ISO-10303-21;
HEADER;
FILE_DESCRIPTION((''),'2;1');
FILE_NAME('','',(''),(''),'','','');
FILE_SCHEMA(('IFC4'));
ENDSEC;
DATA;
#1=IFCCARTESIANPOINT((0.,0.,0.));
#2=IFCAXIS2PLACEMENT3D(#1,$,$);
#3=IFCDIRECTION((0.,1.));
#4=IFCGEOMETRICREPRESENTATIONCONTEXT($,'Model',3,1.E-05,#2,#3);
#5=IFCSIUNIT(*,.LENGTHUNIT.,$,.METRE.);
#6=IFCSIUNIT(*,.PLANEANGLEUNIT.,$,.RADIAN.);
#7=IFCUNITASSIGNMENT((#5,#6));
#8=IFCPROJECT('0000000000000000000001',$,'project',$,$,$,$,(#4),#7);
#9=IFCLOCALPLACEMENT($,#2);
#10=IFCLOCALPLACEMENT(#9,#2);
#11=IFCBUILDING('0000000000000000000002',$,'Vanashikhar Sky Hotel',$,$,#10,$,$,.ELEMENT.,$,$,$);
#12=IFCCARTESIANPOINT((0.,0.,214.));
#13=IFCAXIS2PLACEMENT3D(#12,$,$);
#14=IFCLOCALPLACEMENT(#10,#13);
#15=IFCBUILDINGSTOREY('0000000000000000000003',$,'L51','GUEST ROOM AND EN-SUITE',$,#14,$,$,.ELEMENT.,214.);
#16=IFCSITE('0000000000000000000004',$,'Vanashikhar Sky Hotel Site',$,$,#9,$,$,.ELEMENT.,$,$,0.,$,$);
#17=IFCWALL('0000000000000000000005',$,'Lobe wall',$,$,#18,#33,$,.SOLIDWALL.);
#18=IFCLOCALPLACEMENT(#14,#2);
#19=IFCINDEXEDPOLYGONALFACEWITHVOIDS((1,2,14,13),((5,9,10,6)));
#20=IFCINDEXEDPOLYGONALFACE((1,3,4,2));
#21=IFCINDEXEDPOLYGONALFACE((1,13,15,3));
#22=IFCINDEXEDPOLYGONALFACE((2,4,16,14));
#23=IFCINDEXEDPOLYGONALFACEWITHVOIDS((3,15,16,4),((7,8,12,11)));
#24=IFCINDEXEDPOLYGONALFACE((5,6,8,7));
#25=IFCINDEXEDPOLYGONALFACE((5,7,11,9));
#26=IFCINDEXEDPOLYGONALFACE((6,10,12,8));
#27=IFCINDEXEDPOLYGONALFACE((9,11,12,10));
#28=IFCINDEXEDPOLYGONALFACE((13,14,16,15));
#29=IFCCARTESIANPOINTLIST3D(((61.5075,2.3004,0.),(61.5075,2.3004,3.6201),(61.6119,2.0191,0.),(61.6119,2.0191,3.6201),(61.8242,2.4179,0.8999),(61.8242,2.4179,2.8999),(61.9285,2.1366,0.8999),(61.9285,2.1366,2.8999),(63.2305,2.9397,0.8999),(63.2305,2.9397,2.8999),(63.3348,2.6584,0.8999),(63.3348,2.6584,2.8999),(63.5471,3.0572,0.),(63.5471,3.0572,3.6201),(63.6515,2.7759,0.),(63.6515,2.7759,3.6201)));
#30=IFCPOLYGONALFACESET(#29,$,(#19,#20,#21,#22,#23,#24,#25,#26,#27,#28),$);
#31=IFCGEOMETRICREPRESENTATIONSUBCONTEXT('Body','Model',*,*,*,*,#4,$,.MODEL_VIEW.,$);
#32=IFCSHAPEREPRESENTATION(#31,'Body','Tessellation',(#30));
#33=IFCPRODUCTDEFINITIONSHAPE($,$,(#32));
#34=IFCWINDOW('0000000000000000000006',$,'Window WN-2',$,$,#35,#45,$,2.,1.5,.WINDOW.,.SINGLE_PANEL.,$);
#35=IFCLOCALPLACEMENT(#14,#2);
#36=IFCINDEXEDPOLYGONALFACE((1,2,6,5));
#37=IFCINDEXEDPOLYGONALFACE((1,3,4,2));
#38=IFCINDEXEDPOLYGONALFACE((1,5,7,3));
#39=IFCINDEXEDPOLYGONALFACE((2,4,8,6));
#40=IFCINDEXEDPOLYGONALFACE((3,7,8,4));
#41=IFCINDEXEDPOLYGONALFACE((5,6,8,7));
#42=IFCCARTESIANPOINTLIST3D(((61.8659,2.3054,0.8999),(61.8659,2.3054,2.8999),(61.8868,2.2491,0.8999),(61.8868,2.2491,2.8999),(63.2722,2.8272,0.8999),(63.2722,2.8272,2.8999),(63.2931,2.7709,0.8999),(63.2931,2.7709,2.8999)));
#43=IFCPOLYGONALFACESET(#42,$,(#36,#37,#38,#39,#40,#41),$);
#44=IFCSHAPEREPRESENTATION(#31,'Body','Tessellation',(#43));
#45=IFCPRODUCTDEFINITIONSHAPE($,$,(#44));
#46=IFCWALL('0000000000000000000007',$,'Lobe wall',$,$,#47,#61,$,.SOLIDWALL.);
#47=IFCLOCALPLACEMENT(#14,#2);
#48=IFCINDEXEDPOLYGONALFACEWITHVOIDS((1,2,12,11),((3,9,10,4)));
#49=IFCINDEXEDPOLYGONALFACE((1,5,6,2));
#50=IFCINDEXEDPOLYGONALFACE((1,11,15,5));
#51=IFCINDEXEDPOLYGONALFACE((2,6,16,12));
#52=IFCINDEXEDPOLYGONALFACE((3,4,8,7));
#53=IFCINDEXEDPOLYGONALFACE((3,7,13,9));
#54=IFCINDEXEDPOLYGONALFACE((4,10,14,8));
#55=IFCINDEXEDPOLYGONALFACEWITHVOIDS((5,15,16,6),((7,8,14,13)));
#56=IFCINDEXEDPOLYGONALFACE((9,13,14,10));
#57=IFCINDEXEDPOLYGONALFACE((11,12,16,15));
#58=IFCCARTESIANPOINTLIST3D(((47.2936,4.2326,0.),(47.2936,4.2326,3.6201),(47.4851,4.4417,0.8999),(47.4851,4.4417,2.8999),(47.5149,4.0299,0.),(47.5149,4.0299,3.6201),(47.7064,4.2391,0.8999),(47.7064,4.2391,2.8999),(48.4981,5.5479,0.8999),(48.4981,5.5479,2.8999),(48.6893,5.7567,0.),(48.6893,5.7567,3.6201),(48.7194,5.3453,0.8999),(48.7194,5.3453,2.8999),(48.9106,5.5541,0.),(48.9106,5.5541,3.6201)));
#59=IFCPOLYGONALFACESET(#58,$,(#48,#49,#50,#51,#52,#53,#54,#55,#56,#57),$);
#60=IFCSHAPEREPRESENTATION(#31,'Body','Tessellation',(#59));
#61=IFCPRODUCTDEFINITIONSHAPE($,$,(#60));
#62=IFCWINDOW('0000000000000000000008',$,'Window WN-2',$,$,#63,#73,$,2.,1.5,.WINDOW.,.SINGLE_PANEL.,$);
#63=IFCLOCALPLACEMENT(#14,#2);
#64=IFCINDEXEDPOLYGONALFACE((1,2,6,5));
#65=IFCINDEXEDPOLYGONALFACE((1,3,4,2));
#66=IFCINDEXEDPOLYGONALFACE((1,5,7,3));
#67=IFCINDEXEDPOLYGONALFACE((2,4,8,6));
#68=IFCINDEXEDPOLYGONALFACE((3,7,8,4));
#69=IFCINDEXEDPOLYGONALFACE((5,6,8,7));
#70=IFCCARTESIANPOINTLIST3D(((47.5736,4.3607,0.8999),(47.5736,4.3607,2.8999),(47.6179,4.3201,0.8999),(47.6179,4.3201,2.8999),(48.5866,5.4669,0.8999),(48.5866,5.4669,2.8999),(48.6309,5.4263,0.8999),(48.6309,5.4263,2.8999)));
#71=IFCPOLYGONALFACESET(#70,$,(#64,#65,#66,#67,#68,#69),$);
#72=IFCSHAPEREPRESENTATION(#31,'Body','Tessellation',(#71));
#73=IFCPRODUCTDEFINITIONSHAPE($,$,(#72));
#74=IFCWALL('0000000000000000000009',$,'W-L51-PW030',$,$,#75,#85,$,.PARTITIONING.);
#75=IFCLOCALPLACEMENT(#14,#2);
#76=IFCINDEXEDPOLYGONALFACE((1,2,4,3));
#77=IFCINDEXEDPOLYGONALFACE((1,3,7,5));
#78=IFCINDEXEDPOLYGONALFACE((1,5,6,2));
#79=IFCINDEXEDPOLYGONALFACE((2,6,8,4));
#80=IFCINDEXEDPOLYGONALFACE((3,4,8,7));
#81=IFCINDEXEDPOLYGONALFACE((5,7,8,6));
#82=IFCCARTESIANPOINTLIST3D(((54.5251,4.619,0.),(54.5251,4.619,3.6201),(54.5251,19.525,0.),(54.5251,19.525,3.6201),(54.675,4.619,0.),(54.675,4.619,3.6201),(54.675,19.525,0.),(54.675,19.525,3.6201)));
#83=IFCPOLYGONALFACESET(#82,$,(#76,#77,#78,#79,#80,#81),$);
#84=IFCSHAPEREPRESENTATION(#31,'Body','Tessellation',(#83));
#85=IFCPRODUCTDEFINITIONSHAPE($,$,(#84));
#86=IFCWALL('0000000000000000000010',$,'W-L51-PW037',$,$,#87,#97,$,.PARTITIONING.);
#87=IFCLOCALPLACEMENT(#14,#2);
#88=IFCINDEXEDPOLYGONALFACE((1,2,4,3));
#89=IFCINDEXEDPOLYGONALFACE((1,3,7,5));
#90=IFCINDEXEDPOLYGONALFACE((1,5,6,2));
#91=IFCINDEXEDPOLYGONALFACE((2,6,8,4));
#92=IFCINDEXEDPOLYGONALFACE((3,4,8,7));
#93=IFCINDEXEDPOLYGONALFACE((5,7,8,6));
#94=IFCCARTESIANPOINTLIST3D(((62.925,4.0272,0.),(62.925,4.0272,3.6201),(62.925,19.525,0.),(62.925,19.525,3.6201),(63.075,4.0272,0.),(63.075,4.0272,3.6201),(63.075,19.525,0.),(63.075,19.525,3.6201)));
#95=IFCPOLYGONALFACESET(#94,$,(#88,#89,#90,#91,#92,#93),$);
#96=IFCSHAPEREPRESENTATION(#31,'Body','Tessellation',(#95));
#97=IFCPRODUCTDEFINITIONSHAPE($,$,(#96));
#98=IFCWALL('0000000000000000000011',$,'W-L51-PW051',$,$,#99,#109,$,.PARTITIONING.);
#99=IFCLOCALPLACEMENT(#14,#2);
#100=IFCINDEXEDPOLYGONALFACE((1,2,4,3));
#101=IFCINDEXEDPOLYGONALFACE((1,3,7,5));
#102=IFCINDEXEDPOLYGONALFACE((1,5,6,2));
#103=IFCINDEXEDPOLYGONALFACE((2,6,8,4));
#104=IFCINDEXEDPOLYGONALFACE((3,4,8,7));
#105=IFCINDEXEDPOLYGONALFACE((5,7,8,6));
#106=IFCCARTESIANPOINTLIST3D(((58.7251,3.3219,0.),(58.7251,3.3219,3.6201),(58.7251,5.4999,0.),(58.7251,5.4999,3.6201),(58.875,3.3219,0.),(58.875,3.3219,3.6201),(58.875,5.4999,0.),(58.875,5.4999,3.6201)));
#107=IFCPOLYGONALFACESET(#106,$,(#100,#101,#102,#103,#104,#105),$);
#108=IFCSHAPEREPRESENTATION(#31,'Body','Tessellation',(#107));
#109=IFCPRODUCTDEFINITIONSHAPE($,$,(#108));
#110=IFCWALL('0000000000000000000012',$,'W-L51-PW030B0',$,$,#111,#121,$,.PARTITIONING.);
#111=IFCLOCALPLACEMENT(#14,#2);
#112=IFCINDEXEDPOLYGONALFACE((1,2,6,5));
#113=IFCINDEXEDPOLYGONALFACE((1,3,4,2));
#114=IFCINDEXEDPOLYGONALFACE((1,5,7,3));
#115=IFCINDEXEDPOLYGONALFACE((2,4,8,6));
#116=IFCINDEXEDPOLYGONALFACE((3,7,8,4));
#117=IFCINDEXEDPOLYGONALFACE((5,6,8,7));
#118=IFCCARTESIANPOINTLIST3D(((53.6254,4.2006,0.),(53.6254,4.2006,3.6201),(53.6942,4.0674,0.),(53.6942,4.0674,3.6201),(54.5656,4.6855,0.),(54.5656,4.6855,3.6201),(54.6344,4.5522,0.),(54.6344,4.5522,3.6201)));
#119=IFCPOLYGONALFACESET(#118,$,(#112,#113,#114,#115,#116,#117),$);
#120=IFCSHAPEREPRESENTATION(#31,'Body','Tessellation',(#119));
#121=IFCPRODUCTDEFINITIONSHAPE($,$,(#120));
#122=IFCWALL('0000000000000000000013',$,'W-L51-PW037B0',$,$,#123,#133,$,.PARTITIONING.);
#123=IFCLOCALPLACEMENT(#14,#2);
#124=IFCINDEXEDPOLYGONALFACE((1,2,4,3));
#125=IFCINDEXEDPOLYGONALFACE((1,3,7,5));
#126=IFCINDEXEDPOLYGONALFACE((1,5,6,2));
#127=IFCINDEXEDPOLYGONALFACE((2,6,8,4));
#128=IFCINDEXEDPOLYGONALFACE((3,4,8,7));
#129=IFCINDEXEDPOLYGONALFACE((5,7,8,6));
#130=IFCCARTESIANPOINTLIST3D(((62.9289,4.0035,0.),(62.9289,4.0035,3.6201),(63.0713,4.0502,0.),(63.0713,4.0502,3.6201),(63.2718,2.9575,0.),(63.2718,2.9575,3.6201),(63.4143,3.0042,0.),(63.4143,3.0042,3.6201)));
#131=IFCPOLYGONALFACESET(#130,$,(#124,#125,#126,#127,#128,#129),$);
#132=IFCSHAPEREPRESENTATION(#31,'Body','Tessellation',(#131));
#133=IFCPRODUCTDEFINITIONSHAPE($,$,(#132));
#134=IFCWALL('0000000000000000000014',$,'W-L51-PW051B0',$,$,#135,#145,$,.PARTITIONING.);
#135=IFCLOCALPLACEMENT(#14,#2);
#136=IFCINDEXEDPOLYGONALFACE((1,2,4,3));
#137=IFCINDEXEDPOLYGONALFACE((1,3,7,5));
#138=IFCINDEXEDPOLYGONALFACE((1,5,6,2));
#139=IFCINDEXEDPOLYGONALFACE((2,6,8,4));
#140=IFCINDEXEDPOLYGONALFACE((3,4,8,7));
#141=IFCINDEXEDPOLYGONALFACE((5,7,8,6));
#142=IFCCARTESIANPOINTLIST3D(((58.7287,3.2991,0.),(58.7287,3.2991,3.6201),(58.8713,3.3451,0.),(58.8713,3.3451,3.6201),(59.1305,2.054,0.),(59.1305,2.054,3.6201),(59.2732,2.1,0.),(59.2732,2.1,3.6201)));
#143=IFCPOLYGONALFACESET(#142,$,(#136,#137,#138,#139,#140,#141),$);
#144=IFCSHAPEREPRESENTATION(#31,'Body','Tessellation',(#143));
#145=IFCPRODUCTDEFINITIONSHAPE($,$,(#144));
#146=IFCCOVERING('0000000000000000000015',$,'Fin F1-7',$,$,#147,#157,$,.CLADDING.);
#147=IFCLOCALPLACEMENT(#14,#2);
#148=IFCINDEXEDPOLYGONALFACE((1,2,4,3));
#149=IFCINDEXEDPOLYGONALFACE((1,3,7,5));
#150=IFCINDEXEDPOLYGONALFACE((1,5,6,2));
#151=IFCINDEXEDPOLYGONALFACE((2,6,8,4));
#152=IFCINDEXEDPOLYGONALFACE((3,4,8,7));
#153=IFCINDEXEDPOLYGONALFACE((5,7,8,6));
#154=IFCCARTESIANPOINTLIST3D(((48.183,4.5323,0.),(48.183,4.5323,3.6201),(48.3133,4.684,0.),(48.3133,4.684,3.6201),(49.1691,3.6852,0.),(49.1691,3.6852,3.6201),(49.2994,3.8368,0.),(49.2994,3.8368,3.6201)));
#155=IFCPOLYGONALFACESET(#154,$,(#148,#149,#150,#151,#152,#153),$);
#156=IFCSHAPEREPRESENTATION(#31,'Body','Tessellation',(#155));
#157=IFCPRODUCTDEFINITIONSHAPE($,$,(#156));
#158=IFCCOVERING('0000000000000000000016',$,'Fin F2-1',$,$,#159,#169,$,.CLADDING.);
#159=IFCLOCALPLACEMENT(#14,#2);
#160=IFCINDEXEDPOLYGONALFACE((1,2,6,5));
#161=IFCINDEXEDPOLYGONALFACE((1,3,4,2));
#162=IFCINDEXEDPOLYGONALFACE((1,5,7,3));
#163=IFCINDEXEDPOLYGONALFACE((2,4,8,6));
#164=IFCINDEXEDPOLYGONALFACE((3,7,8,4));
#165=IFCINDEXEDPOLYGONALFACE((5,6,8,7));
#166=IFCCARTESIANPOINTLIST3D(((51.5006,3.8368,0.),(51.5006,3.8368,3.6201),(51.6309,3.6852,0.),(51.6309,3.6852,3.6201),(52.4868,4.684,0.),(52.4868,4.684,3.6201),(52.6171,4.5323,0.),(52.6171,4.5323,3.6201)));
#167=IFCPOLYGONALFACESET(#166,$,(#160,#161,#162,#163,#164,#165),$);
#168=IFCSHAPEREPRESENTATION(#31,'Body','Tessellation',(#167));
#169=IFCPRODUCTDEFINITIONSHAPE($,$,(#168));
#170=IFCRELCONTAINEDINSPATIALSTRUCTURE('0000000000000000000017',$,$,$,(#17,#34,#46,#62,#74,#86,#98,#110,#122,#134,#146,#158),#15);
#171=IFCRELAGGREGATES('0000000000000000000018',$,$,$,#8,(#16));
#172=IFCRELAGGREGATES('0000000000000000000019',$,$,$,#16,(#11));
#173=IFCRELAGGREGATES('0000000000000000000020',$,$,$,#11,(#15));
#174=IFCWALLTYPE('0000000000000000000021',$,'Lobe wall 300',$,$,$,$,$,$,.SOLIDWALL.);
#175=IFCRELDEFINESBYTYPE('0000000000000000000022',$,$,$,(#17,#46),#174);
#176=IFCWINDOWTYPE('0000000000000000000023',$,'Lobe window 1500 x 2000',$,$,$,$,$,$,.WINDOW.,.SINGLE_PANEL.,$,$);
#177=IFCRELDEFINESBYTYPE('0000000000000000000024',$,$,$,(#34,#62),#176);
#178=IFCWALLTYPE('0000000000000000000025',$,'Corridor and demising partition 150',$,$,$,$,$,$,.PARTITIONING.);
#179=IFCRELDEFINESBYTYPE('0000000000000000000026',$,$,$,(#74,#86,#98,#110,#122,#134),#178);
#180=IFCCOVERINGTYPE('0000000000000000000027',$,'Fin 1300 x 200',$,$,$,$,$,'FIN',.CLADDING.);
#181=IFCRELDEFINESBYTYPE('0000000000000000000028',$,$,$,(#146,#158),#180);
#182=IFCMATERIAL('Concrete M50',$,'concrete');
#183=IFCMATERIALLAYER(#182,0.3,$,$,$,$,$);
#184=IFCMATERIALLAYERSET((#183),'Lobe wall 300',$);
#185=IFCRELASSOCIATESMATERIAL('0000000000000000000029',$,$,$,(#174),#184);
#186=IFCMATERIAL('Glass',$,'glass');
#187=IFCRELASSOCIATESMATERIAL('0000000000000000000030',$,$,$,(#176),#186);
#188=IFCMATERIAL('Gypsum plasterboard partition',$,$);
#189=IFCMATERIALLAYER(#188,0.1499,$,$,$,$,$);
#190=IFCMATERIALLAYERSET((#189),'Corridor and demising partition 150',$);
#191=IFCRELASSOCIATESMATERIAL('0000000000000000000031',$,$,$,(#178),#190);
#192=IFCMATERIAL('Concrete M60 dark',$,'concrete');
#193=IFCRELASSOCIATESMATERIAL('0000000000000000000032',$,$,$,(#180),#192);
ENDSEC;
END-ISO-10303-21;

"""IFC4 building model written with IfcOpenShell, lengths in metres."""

from ifc_helpers import new_model, si_unit, direction, frame, frame_2d, origin, origin_2d, place, context, subcontext, project, spatial, rectangle, extrude, source, transform, mapped, material, layer, layer_set, material_profile, profile_set, type_object, element, fill, save


model = new_model("IFC4")

# Units and contexts
model_context = context("Model", 3, precision=1e-05, world=origin(), true_north=direction((0.0, 1.0)))
body_context = subcontext(model_context, "Body", "Model", "MODEL_VIEW")
ifc_project = project(units=[si_unit("LENGTHUNIT", "METRE"), si_unit("PLANEANGLEUNIT", "RADIAN")], contexts=[model_context])

# Site, building, storey
site_placement = place(None, origin())
site = spatial("IfcSite", under=ifc_project, at=site_placement, Name="Vanashikhar Sky Hotel Site", CompositionType="ELEMENT", RefElevation=0.0)
building_placement = place(site_placement, origin())
building = spatial("IfcBuilding", under=site, at=building_placement, Name="Vanashikhar Sky Hotel", CompositionType="ELEMENT")
storey_placement = place(building_placement, frame((0.0, 0.0, 214.0)))
storey = spatial("IfcBuildingStorey", under=building, at=storey_placement, Name="L51", Description="GUEST ROOM AND EN-SUITE", CompositionType="ELEMENT", Elevation=214.0)

# Walls, openings, windows
ifc_material_1 = material(Name="Concrete M50", Category="concrete")
ifc_layer_1 = layer(ifc_material_1, 0.3)
ifc_layer_set_1 = layer_set([ifc_layer_1], Name="Lobe wall 300")
wall_type_1 = type_object("IfcWallType", Name="Lobe wall 300", PredefinedType="SOLIDWALL", material=ifc_layer_set_1)
shared_shape_1 = source(origin(), body_context, "Body", "SweptSolid", [
    extrude(rectangle(XDim=1.5, YDim=2.0, at=frame_2d((0.75, 1.0))), frame((0.0, 0.1602, 0.0), z_axis=(0.0, -1.0, 0.0), x_axis=(1.0, 0.0, 0.0)), (0.0, 0.0, 1.0), 0.3201),
])
ifc_material_2 = material(Name="Glass", Category="glass")
window_type = type_object("IfcWindowType", Name="Lobe window 1500 x 2000", PartitioningType="SINGLE_PANEL", PredefinedType="WINDOW", material=ifc_material_2)
shared_shape_2 = source(origin(), body_context, "Body", "SweptSolid", [
    extrude(rectangle(XDim=1.5, YDim=2.0, at=frame_2d((0.75, 1.0))), frame((0.0, 0.03, 0.0), z_axis=(0.0, -1.0, 0.0), x_axis=(1.0, 0.0, 0.0)), (0.0, 0.0, 1.0), 0.0601),
])
shared_shape_3 = source(origin(), body_context, "Body", "SweptSolid", [
    extrude(rectangle(XDim=2.1755, YDim=0.3, at=frame_2d((1.0879, 0.0))), origin(), (0.0, 0.0, 1.0), 3.6201),
])
wall_1_placement = place(storey_placement, frame((61.5596, 2.1597, 0.0), z_axis=(0.0, 0.0, 1.0), x_axis=(0.937532, 0.347899, 0.0)))
wall_1 = element("IfcWall", 1, at=wall_1_placement, inside=storey, type_object=wall_type_1, Name="Lobe wall", PredefinedType="SOLIDWALL", context=body_context, shape_type="MappedRepresentation", body=[
    mapped(shared_shape_3, transform((0.0, 0.0, 0.0), scale=1.0)),
])
opening_1_placement = place(wall_1_placement, frame((0.3379, 0.0, 0.8999)))
opening_1 = element("IfcOpeningElement", 2, at=opening_1_placement, cuts=wall_1, PredefinedType="OPENING", context=body_context, shape_type="MappedRepresentation", body=[
    mapped(shared_shape_1, transform((0.0, 0.0, 0.0), scale=1.0)),
])
window_1_placement = place(opening_1_placement, origin())
window_1 = element("IfcWindow", 3, at=window_1_placement, inside=storey, type_object=window_type, Name="Window WN-2", OverallHeight=2.0, OverallWidth=1.5, PartitioningType="SINGLE_PANEL", PredefinedType="WINDOW", context=body_context, shape_type="MappedRepresentation", body=[
    mapped(shared_shape_2, transform((0.0, 0.0, 0.0), scale=1.0)),
])
fill(opening_1, window_1)
shared_shape_4 = source(origin(), body_context, "Body", "SweptSolid", [
    extrude(rectangle(XDim=2.0667, YDim=0.3, at=frame_2d((1.0332, 0.0))), origin(), (0.0, 0.0, 1.0), 3.6201),
])
wall_2_placement = place(storey_placement, frame((47.4043, 4.1313, 0.0), z_axis=(0.0, 0.0, 1.0), x_axis=(0.675355, 0.737492, 0.0)))
wall_2 = element("IfcWall", 4, at=wall_2_placement, inside=storey, type_object=wall_type_1, Name="Lobe wall", PredefinedType="SOLIDWALL", context=body_context, shape_type="MappedRepresentation", body=[
    mapped(shared_shape_4, transform((0.0, 0.0, 0.0), scale=1.0)),
])
opening_2_placement = place(wall_2_placement, frame((0.2834, 0.0, 0.8999)))
opening_2 = element("IfcOpeningElement", 5, at=opening_2_placement, cuts=wall_2, PredefinedType="OPENING", context=body_context, shape_type="MappedRepresentation", body=[
    mapped(shared_shape_1, transform((0.0, 0.0, 0.0), scale=1.0)),
])
window_2_placement = place(opening_2_placement, origin())
window_2 = element("IfcWindow", 6, at=window_2_placement, inside=storey, type_object=window_type, Name="Window WN-2", OverallHeight=2.0, OverallWidth=1.5, PartitioningType="SINGLE_PANEL", PredefinedType="WINDOW", context=body_context, shape_type="MappedRepresentation", body=[
    mapped(shared_shape_2, transform((0.0, 0.0, 0.0), scale=1.0)),
])
fill(opening_2, window_2)

# Walls
ifc_material_3 = material(Name="Gypsum plasterboard partition")
ifc_layer_2 = layer(ifc_material_3, 0.1499)
ifc_layer_set_2 = layer_set([ifc_layer_2], Name="Corridor and demising partition 150")
wall_type_2 = type_object("IfcWallType", Name="Corridor and demising partition 150", PredefinedType="PARTITIONING", material=ifc_layer_set_2)
shared_shape_5 = source(origin(), body_context, "Body", "SweptSolid", [
    extrude(rectangle(XDim=14.906, YDim=0.1499, at=frame_2d((7.4531, 0.0))), origin(), (0.0, 0.0, 1.0), 3.6201),
])
wall_3_placement = place(storey_placement, frame((54.6001, 4.6189, 0.0), z_axis=(0.0, 0.0, 1.0), x_axis=(0.0, 1.0, 0.0)))
element("IfcWall", 7, at=wall_3_placement, inside=storey, type_object=wall_type_2, Name="W-L51-PW030", PredefinedType="PARTITIONING", context=body_context, shape_type="MappedRepresentation", body=[
    mapped(shared_shape_5, transform((0.0, 0.0, 0.0), scale=1.0)),
])
shared_shape_6 = source(origin(), body_context, "Body", "SweptSolid", [
    extrude(rectangle(XDim=15.4978, YDim=0.1499, at=frame_2d((7.749, 0.0))), origin(), (0.0, 0.0, 1.0), 3.6201),
])
wall_4_placement = place(storey_placement, frame((63.0, 4.0271, 0.0), z_axis=(0.0, 0.0, 1.0), x_axis=(0.0, 1.0, 0.0)))
element("IfcWall", 8, at=wall_4_placement, inside=storey, type_object=wall_type_2, Name="W-L51-PW037", PredefinedType="PARTITIONING", context=body_context, shape_type="MappedRepresentation", body=[
    mapped(shared_shape_6, transform((0.0, 0.0, 0.0), scale=1.0)),
])
shared_shape_7 = source(origin(), body_context, "Body", "SweptSolid", [
    extrude(rectangle(XDim=2.178, YDim=0.1499, at=frame_2d((1.0889, 0.0))), origin(), (0.0, 0.0, 1.0), 3.6201),
])
wall_5_placement = place(storey_placement, frame((58.8, 3.322, 0.0), z_axis=(0.0, 0.0, 1.0), x_axis=(0.0, 1.0, 0.0)))
element("IfcWall", 9, at=wall_5_placement, inside=storey, type_object=wall_type_2, Name="W-L51-PW051", PredefinedType="PARTITIONING", context=body_context, shape_type="MappedRepresentation", body=[
    mapped(shared_shape_7, transform((0.0, 0.0, 0.0), scale=1.0)),
])
shared_shape_8 = source(origin(), body_context, "Body", "SweptSolid", [
    extrude(rectangle(XDim=1.0579, YDim=0.1499, at=frame_2d((0.5288, 0.0))), origin(), (0.0, 0.0, 1.0), 3.6201),
])
wall_6_placement = place(storey_placement, frame((53.6599, 4.134, 0.0), z_axis=(0.0, 0.0, 1.0), x_axis=(0.888772, 0.458349, 0.0)))
element("IfcWall", 10, at=wall_6_placement, inside=storey, type_object=wall_type_2, Name="W-L51-PW030B0", PredefinedType="PARTITIONING", context=body_context, shape_type="MappedRepresentation", body=[
    mapped(shared_shape_8, transform((0.0, 0.0, 0.0), scale=1.0)),
])
shared_shape_9 = source(origin(), body_context, "Body", "SweptSolid", [
    extrude(rectangle(XDim=1.1008, YDim=0.1499, at=frame_2d((0.5503, 0.0))), origin(), (0.0, 0.0, 1.0), 3.6201),
])
wall_7_placement = place(storey_placement, frame((63.343, 2.981, 0.0), z_axis=(0.0, 0.0, 1.0), x_axis=(-0.311567, 0.950224, 0.0)))
element("IfcWall", 11, at=wall_7_placement, inside=storey, type_object=wall_type_2, Name="W-L51-PW037B0", PredefinedType="PARTITIONING", context=body_context, shape_type="MappedRepresentation", body=[
    mapped(shared_shape_9, transform((0.0, 0.0, 0.0), scale=1.0)),
])
shared_shape_10 = source(origin(), body_context, "Body", "SweptSolid", [
    extrude(rectangle(XDim=1.3083, YDim=0.1499, at=frame_2d((0.6543, 0.0))), origin(), (0.0, 0.0, 1.0), 3.6201),
])
wall_8_placement = place(storey_placement, frame((59.2019, 2.0769, 0.0), z_axis=(0.0, 0.0, 1.0), x_axis=(-0.307145, 0.951663, 0.0)))
element("IfcWall", 12, at=wall_8_placement, inside=storey, type_object=wall_type_2, Name="W-L51-PW051B0", PredefinedType="PARTITIONING", context=body_context, shape_type="MappedRepresentation", body=[
    mapped(shared_shape_10, transform((0.0, 0.0, 0.0), scale=1.0)),
])

# Coverings
ifc_material_4 = material(Name="Concrete M60 dark", Category="concrete")
ifc_material_profile = material_profile(ifc_material_4, rectangle(XDim=1.3, YDim=0.2, at=origin_2d()))
ifc_profile_set = profile_set([ifc_material_profile], Name="Fin 1300 x 200")
covering_type = type_object("IfcCoveringType", Name="Fin 1300 x 200", ElementType="FIN", PredefinedType="CLADDING", material=ifc_profile_set)
shared_shape_11 = source(origin(), body_context, "Body", "SweptSolid", [
    extrude(rectangle(XDim=1.3, YDim=0.2, at=origin_2d()), origin(), (0.0, 0.0, 1.0), 3.6201),
])
for number, where, z_axis, x_axis, name in (
    (13, (48.7412, 4.1846, 0.0), (0.0, 0.0, 1.0), (0.758544, -0.651622, 0.0), "Fin F1-7"),
    (14, (52.0588, 4.1846, 0.0), (0.0, 0.0, 1.0), (-0.758544, -0.651622, 0.0), "Fin F2-1"),
):
    element("IfcCovering", number, at=place(storey_placement, frame(where, z_axis=z_axis, x_axis=x_axis)), inside=storey, type_object=covering_type, Name=name, PredefinedType="CLADDING", context=body_context, shape_type="MappedRepresentation", body=[
        mapped(shared_shape_11, transform((0.0, 0.0, 0.0), scale=1.0)),
    ])

save(model, "model.ifc")
